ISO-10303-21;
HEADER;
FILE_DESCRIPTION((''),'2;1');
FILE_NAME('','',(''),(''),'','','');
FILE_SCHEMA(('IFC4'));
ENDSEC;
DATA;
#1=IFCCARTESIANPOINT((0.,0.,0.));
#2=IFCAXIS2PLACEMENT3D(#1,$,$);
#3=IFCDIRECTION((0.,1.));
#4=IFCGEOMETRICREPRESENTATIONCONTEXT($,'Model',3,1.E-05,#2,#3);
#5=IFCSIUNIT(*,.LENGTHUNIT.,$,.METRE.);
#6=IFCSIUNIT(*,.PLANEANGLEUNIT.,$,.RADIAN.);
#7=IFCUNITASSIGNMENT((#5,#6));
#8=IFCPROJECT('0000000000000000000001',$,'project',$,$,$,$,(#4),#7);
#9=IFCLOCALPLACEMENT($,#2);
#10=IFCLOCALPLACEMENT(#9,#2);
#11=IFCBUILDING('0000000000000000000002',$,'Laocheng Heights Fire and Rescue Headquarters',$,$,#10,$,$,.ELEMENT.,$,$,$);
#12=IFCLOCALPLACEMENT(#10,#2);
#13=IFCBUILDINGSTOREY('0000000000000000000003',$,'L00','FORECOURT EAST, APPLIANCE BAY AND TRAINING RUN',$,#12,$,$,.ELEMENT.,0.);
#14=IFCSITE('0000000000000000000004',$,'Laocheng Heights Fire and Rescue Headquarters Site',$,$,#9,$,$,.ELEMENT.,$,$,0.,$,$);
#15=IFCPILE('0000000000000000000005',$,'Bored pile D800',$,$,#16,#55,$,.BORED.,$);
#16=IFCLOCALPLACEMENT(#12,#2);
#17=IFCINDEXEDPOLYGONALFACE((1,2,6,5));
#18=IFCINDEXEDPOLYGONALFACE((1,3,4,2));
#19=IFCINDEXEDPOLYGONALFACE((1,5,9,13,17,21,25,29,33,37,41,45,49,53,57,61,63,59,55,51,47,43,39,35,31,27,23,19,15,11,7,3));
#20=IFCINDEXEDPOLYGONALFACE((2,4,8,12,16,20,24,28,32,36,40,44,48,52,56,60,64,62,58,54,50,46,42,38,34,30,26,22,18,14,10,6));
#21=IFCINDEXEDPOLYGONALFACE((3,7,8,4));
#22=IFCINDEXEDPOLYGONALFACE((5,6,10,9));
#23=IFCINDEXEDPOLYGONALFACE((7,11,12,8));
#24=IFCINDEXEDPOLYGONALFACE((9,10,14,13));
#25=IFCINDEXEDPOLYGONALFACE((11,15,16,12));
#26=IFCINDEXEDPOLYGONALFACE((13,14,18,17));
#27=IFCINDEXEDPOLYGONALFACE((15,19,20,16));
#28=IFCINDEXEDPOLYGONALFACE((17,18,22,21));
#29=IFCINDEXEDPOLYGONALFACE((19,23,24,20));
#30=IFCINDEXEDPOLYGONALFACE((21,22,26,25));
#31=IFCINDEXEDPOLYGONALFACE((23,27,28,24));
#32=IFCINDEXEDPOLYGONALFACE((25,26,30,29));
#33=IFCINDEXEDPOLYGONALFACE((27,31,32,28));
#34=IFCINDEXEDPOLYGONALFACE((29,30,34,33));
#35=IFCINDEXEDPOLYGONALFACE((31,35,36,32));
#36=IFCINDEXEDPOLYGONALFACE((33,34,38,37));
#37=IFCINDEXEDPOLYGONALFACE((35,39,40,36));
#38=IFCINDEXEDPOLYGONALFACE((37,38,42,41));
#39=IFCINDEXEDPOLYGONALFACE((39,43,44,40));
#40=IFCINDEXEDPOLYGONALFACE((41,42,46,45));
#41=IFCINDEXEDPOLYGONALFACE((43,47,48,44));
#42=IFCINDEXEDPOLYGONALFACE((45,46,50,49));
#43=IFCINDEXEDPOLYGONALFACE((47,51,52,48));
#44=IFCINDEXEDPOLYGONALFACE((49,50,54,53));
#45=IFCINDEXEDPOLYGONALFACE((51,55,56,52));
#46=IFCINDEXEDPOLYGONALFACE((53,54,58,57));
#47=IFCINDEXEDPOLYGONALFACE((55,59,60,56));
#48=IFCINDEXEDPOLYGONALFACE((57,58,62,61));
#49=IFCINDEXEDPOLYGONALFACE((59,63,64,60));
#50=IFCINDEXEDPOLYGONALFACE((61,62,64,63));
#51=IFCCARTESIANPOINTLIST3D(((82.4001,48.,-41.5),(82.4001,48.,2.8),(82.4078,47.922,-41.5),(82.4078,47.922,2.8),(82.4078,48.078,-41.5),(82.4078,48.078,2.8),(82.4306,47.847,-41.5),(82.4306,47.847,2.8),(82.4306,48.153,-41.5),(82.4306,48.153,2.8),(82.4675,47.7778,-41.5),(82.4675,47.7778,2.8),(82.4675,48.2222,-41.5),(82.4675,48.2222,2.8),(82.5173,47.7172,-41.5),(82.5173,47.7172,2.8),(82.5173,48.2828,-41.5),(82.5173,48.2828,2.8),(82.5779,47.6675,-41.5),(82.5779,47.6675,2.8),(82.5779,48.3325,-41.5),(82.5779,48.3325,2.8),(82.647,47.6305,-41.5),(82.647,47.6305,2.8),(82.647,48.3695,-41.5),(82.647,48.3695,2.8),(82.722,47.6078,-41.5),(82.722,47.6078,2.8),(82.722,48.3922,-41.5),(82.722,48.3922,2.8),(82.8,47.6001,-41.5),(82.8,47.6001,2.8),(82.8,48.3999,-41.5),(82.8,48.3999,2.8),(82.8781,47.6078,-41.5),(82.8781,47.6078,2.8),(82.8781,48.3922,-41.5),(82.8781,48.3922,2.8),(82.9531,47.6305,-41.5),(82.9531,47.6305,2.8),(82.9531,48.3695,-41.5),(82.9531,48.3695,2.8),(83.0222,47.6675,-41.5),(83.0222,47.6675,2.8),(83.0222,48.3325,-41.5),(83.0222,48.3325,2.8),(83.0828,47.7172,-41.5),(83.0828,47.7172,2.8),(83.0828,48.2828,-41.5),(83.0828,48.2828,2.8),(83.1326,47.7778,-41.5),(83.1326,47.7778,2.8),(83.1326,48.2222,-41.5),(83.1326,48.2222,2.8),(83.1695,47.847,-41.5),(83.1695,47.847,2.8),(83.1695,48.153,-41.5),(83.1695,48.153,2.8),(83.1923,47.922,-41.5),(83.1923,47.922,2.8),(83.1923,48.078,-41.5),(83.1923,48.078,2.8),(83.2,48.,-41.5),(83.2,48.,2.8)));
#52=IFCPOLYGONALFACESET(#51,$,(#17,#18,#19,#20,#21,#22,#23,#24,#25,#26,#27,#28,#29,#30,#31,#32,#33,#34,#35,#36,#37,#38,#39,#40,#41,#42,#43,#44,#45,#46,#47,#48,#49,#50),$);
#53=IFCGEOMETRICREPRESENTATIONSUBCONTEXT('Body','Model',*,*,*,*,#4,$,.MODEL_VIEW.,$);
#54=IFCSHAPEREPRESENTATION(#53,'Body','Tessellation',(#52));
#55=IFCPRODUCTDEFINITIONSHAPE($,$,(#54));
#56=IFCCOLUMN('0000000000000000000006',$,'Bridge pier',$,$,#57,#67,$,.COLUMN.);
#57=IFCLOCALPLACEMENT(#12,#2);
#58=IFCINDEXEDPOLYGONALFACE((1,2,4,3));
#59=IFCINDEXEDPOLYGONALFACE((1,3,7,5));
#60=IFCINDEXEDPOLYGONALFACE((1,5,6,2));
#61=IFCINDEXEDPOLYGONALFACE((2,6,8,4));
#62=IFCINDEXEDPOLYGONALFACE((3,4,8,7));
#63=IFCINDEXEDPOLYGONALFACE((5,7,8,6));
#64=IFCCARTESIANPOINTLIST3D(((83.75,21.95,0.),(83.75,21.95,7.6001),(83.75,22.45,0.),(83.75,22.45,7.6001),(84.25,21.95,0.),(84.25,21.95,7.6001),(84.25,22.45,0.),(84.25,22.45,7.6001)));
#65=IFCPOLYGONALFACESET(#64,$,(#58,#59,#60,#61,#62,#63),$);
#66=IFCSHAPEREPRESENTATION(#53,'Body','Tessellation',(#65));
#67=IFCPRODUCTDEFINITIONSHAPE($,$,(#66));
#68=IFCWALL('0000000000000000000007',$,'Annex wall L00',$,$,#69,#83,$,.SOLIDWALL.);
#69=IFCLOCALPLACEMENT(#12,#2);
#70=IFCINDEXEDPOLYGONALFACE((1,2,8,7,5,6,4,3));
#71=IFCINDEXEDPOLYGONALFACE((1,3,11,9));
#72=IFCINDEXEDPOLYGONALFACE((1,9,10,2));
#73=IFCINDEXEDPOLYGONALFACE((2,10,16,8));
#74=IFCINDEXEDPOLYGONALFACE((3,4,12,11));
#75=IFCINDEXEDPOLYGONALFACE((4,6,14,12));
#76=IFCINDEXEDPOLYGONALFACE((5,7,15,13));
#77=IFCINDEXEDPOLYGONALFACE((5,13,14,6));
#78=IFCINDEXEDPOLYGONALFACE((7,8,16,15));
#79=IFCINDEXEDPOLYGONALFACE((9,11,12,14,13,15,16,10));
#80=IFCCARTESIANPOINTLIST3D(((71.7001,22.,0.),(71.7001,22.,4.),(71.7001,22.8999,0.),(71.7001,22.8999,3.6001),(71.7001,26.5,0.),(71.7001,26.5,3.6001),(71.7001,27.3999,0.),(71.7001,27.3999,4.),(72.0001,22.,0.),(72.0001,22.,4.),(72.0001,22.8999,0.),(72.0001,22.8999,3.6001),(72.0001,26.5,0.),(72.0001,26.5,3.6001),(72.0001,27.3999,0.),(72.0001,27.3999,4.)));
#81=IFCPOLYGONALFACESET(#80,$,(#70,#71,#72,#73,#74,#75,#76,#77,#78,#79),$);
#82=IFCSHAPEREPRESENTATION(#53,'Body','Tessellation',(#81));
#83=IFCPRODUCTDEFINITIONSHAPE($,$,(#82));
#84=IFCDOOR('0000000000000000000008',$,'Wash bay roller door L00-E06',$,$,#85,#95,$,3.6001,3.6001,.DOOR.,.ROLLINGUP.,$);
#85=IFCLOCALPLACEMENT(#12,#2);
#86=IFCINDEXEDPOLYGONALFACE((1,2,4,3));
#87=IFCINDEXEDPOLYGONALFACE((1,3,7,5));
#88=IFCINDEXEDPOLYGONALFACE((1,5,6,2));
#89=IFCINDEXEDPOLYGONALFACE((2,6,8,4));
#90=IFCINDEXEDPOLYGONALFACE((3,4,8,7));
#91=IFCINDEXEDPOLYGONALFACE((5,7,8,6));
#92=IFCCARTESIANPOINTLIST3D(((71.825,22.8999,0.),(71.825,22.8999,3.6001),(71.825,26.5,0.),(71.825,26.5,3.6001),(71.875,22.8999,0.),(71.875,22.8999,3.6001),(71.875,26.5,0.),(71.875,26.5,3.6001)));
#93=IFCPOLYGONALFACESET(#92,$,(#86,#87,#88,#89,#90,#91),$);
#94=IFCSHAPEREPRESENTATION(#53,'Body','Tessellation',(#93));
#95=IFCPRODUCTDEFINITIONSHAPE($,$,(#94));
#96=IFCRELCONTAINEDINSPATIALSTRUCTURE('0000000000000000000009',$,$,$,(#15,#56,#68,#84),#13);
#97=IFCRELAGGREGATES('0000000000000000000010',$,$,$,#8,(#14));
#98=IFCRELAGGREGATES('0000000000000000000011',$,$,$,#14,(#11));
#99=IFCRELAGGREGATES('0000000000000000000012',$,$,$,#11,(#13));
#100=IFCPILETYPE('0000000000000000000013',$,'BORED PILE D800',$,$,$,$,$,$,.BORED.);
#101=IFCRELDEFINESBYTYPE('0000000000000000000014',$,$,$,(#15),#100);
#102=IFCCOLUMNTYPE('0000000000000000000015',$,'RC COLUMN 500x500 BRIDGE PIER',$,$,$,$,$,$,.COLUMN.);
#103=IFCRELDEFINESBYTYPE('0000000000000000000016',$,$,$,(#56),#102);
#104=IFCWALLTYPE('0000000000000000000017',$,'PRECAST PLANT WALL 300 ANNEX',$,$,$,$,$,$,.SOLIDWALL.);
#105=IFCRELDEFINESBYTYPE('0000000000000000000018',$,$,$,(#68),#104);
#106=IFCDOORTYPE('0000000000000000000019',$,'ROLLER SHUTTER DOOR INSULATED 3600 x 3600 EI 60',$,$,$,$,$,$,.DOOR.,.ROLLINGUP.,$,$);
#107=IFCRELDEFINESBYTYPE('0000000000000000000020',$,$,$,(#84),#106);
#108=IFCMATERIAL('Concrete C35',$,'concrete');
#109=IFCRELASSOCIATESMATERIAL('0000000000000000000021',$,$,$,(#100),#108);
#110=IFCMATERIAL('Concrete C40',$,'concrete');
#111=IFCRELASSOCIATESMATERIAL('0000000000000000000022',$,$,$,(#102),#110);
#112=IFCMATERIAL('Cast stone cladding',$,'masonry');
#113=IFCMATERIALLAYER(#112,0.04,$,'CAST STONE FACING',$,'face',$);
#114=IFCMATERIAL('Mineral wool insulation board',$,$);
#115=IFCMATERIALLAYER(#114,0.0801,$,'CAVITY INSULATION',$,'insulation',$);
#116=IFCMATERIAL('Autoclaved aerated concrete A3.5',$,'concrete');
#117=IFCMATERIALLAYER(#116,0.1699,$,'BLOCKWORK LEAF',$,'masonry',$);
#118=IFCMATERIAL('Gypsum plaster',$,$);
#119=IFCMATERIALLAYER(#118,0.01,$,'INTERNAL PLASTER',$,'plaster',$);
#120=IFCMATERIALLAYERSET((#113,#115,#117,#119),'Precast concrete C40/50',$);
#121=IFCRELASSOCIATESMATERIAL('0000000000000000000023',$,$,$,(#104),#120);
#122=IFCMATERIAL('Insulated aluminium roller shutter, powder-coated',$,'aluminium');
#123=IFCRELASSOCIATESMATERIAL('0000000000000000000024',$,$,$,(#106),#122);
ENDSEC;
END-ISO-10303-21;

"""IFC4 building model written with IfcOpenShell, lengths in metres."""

from ifc_helpers import new_model, si_unit, direction, frame, frame_2d, origin, origin_2d, place, context, subcontext, project, spatial, rectangle, circle, extrude, material, layer, layer_set, material_profile, profile_set, type_object, element, fill, save


model = new_model("IFC4")

# Units and contexts
model_context = context("Model", 3, precision=1e-05, world=origin(), true_north=direction((0.0, 1.0)))
body_context = subcontext(model_context, "Body", "Model", "MODEL_VIEW")
ifc_project = project(units=[si_unit("LENGTHUNIT", "METRE"), si_unit("PLANEANGLEUNIT", "RADIAN")], contexts=[model_context])

# Site, building, storey
site_placement = place(None, origin())
site = spatial("IfcSite", under=ifc_project, at=site_placement, Name="Laocheng Heights Fire and Rescue Headquarters Site", CompositionType="ELEMENT", RefElevation=0.0)
building_placement = place(site_placement, origin())
building = spatial("IfcBuilding", under=site, at=building_placement, Name="Laocheng Heights Fire and Rescue Headquarters", CompositionType="ELEMENT")
storey_placement = place(building_placement, origin())
storey = spatial("IfcBuildingStorey", under=building, at=storey_placement, Name="L00", Description="FORECOURT EAST, APPLIANCE BAY AND TRAINING RUN", CompositionType="ELEMENT", Elevation=0.0)

# Pile
ifc_material_1 = material(Name="Concrete C35", Category="concrete")
ifc_material_profile_1 = material_profile(ifc_material_1, circle(Radius=0.3999, at=origin_2d()), Name="BORED PILE D800")
ifc_profile_set_1 = profile_set([ifc_material_profile_1], Name="Concrete C35")
pile_type_1 = type_object("IfcPileType", Name="BORED PILE D800", PredefinedType="BORED", material=ifc_profile_set_1)
for number, where, z_axis, x_axis, name in (
    (1, (82.8, 48.0, 2.8), (0.0, 0.0, -1.0), (1.0, 0.0, 0.0), "Bored pile D800"),
):
    element("IfcPile", number, at=place(storey_placement, frame(where, z_axis=z_axis, x_axis=x_axis)), inside=storey, type_object=pile_type_1, Name=name, PredefinedType="BORED", context=body_context, shape_type="SweptSolid", body=[
        extrude(circle(Radius=0.3999, at=origin_2d()), origin(), (0.0, 0.0, 1.0), 44.3),
    ])

# Column
ifc_material_2 = material(Name="Concrete C40", Category="concrete")
ifc_material_profile_2 = material_profile(ifc_material_2, rectangle(XDim=0.5, YDim=0.5, at=origin_2d()), Name="RC COLUMN 500x500 BRIDGE PIER")
ifc_profile_set_2 = profile_set([ifc_material_profile_2], Name="Concrete C40")
column_type = type_object("IfcColumnType", Name="RC COLUMN 500x500 BRIDGE PIER", PredefinedType="COLUMN", material=ifc_profile_set_2)
column_placement = place(storey_placement, frame((84.0, 22.2, 0.0), z_axis=(0.0, 0.0, 1.0), x_axis=(1.0, 0.0, 0.0)))
element("IfcColumn", 2, at=column_placement, inside=storey, type_object=column_type, Name="Bridge pier", PredefinedType="COLUMN", context=body_context, shape_type="SweptSolid", body=[
    extrude(rectangle(XDim=0.5, YDim=0.5, at=origin_2d()), origin(), (0.0, 0.0, 1.0), 7.6001),
])

# Wall, opening, door
ifc_material_3 = material(Name="Cast stone cladding", Category="masonry")
ifc_layer_1 = layer(ifc_material_3, 0.04, Name="CAST STONE FACING", Category="face")
ifc_material_4 = material(Name="Mineral wool insulation board")
ifc_layer_2 = layer(ifc_material_4, 0.0801, Name="CAVITY INSULATION", Category="insulation")
ifc_material_5 = material(Name="Autoclaved aerated concrete A3.5", Category="concrete")
ifc_layer_3 = layer(ifc_material_5, 0.1699, Name="BLOCKWORK LEAF", Category="masonry")
ifc_material_6 = material(Name="Gypsum plaster")
ifc_layer_4 = layer(ifc_material_6, 0.01, Name="INTERNAL PLASTER", Category="plaster")
ifc_layer_set = layer_set([ifc_layer_1, ifc_layer_2, ifc_layer_3, ifc_layer_4], Name="Precast concrete C40/50")
wall_type = type_object("IfcWallType", Name="PRECAST PLANT WALL 300 ANNEX", PredefinedType="SOLIDWALL", material=ifc_layer_set)
wall_placement = place(storey_placement, frame((71.8501, 22.0, 0.0), z_axis=(0.0, 0.0, 1.0), x_axis=(0.0, 1.0, 0.0)))
wall = element("IfcWall", 3, at=wall_placement, inside=storey, type_object=wall_type, Name="Annex wall L00", PredefinedType="SOLIDWALL", context=body_context, shape_type="SweptSolid", body=[
    extrude(rectangle(XDim=5.3999, YDim=0.3, at=frame_2d((2.7, 0.0))), origin(), (0.0, 0.0, 1.0), 4.0),
])
opening_placement = place(wall_placement, frame((0.8999, 0.0, 0.0)))
opening = element("IfcOpeningElement", 4, at=opening_placement, cuts=wall, PredefinedType="OPENING", context=body_context, shape_type="SweptSolid", body=[
    extrude(rectangle(XDim=3.6001, YDim=3.6001, at=frame_2d((1.8, 1.8))), frame((0.0, 0.1599, 0.0), z_axis=(0.0, -1.0, 0.0), x_axis=(1.0, 0.0, 0.0)), (0.0, 0.0, 1.0), 0.3201),
])
ifc_material_7 = material(Name="Insulated aluminium roller shutter, powder-coated", Category="aluminium")
door_type = type_object("IfcDoorType", Name="ROLLER SHUTTER DOOR INSULATED 3600 x 3600 EI 60", OperationType="ROLLINGUP", PredefinedType="DOOR", material=ifc_material_7)
door_placement = place(opening_placement, frame((3.6001, 0.0, 0.0), z_axis=(0.0, 0.0, 1.0), x_axis=(-1.0, 0.0, 0.0)))
door = element("IfcDoor", 5, at=door_placement, inside=storey, type_object=door_type, Name="Wash bay roller door L00-E06", OperationType="ROLLINGUP", OverallHeight=3.6001, OverallWidth=3.6001, PredefinedType="DOOR", context=body_context, shape_type="SweptSolid", body=[
    extrude(rectangle(XDim=3.6001, YDim=3.6001, at=frame_2d((1.8, 1.8))), frame((0.0, 0.0249, 0.0), z_axis=(0.0, -1.0, 0.0), x_axis=(1.0, 0.0, 0.0)), (0.0, 0.0, 1.0), 0.05),
])
fill(opening, door)

save(model, "model.ifc")
